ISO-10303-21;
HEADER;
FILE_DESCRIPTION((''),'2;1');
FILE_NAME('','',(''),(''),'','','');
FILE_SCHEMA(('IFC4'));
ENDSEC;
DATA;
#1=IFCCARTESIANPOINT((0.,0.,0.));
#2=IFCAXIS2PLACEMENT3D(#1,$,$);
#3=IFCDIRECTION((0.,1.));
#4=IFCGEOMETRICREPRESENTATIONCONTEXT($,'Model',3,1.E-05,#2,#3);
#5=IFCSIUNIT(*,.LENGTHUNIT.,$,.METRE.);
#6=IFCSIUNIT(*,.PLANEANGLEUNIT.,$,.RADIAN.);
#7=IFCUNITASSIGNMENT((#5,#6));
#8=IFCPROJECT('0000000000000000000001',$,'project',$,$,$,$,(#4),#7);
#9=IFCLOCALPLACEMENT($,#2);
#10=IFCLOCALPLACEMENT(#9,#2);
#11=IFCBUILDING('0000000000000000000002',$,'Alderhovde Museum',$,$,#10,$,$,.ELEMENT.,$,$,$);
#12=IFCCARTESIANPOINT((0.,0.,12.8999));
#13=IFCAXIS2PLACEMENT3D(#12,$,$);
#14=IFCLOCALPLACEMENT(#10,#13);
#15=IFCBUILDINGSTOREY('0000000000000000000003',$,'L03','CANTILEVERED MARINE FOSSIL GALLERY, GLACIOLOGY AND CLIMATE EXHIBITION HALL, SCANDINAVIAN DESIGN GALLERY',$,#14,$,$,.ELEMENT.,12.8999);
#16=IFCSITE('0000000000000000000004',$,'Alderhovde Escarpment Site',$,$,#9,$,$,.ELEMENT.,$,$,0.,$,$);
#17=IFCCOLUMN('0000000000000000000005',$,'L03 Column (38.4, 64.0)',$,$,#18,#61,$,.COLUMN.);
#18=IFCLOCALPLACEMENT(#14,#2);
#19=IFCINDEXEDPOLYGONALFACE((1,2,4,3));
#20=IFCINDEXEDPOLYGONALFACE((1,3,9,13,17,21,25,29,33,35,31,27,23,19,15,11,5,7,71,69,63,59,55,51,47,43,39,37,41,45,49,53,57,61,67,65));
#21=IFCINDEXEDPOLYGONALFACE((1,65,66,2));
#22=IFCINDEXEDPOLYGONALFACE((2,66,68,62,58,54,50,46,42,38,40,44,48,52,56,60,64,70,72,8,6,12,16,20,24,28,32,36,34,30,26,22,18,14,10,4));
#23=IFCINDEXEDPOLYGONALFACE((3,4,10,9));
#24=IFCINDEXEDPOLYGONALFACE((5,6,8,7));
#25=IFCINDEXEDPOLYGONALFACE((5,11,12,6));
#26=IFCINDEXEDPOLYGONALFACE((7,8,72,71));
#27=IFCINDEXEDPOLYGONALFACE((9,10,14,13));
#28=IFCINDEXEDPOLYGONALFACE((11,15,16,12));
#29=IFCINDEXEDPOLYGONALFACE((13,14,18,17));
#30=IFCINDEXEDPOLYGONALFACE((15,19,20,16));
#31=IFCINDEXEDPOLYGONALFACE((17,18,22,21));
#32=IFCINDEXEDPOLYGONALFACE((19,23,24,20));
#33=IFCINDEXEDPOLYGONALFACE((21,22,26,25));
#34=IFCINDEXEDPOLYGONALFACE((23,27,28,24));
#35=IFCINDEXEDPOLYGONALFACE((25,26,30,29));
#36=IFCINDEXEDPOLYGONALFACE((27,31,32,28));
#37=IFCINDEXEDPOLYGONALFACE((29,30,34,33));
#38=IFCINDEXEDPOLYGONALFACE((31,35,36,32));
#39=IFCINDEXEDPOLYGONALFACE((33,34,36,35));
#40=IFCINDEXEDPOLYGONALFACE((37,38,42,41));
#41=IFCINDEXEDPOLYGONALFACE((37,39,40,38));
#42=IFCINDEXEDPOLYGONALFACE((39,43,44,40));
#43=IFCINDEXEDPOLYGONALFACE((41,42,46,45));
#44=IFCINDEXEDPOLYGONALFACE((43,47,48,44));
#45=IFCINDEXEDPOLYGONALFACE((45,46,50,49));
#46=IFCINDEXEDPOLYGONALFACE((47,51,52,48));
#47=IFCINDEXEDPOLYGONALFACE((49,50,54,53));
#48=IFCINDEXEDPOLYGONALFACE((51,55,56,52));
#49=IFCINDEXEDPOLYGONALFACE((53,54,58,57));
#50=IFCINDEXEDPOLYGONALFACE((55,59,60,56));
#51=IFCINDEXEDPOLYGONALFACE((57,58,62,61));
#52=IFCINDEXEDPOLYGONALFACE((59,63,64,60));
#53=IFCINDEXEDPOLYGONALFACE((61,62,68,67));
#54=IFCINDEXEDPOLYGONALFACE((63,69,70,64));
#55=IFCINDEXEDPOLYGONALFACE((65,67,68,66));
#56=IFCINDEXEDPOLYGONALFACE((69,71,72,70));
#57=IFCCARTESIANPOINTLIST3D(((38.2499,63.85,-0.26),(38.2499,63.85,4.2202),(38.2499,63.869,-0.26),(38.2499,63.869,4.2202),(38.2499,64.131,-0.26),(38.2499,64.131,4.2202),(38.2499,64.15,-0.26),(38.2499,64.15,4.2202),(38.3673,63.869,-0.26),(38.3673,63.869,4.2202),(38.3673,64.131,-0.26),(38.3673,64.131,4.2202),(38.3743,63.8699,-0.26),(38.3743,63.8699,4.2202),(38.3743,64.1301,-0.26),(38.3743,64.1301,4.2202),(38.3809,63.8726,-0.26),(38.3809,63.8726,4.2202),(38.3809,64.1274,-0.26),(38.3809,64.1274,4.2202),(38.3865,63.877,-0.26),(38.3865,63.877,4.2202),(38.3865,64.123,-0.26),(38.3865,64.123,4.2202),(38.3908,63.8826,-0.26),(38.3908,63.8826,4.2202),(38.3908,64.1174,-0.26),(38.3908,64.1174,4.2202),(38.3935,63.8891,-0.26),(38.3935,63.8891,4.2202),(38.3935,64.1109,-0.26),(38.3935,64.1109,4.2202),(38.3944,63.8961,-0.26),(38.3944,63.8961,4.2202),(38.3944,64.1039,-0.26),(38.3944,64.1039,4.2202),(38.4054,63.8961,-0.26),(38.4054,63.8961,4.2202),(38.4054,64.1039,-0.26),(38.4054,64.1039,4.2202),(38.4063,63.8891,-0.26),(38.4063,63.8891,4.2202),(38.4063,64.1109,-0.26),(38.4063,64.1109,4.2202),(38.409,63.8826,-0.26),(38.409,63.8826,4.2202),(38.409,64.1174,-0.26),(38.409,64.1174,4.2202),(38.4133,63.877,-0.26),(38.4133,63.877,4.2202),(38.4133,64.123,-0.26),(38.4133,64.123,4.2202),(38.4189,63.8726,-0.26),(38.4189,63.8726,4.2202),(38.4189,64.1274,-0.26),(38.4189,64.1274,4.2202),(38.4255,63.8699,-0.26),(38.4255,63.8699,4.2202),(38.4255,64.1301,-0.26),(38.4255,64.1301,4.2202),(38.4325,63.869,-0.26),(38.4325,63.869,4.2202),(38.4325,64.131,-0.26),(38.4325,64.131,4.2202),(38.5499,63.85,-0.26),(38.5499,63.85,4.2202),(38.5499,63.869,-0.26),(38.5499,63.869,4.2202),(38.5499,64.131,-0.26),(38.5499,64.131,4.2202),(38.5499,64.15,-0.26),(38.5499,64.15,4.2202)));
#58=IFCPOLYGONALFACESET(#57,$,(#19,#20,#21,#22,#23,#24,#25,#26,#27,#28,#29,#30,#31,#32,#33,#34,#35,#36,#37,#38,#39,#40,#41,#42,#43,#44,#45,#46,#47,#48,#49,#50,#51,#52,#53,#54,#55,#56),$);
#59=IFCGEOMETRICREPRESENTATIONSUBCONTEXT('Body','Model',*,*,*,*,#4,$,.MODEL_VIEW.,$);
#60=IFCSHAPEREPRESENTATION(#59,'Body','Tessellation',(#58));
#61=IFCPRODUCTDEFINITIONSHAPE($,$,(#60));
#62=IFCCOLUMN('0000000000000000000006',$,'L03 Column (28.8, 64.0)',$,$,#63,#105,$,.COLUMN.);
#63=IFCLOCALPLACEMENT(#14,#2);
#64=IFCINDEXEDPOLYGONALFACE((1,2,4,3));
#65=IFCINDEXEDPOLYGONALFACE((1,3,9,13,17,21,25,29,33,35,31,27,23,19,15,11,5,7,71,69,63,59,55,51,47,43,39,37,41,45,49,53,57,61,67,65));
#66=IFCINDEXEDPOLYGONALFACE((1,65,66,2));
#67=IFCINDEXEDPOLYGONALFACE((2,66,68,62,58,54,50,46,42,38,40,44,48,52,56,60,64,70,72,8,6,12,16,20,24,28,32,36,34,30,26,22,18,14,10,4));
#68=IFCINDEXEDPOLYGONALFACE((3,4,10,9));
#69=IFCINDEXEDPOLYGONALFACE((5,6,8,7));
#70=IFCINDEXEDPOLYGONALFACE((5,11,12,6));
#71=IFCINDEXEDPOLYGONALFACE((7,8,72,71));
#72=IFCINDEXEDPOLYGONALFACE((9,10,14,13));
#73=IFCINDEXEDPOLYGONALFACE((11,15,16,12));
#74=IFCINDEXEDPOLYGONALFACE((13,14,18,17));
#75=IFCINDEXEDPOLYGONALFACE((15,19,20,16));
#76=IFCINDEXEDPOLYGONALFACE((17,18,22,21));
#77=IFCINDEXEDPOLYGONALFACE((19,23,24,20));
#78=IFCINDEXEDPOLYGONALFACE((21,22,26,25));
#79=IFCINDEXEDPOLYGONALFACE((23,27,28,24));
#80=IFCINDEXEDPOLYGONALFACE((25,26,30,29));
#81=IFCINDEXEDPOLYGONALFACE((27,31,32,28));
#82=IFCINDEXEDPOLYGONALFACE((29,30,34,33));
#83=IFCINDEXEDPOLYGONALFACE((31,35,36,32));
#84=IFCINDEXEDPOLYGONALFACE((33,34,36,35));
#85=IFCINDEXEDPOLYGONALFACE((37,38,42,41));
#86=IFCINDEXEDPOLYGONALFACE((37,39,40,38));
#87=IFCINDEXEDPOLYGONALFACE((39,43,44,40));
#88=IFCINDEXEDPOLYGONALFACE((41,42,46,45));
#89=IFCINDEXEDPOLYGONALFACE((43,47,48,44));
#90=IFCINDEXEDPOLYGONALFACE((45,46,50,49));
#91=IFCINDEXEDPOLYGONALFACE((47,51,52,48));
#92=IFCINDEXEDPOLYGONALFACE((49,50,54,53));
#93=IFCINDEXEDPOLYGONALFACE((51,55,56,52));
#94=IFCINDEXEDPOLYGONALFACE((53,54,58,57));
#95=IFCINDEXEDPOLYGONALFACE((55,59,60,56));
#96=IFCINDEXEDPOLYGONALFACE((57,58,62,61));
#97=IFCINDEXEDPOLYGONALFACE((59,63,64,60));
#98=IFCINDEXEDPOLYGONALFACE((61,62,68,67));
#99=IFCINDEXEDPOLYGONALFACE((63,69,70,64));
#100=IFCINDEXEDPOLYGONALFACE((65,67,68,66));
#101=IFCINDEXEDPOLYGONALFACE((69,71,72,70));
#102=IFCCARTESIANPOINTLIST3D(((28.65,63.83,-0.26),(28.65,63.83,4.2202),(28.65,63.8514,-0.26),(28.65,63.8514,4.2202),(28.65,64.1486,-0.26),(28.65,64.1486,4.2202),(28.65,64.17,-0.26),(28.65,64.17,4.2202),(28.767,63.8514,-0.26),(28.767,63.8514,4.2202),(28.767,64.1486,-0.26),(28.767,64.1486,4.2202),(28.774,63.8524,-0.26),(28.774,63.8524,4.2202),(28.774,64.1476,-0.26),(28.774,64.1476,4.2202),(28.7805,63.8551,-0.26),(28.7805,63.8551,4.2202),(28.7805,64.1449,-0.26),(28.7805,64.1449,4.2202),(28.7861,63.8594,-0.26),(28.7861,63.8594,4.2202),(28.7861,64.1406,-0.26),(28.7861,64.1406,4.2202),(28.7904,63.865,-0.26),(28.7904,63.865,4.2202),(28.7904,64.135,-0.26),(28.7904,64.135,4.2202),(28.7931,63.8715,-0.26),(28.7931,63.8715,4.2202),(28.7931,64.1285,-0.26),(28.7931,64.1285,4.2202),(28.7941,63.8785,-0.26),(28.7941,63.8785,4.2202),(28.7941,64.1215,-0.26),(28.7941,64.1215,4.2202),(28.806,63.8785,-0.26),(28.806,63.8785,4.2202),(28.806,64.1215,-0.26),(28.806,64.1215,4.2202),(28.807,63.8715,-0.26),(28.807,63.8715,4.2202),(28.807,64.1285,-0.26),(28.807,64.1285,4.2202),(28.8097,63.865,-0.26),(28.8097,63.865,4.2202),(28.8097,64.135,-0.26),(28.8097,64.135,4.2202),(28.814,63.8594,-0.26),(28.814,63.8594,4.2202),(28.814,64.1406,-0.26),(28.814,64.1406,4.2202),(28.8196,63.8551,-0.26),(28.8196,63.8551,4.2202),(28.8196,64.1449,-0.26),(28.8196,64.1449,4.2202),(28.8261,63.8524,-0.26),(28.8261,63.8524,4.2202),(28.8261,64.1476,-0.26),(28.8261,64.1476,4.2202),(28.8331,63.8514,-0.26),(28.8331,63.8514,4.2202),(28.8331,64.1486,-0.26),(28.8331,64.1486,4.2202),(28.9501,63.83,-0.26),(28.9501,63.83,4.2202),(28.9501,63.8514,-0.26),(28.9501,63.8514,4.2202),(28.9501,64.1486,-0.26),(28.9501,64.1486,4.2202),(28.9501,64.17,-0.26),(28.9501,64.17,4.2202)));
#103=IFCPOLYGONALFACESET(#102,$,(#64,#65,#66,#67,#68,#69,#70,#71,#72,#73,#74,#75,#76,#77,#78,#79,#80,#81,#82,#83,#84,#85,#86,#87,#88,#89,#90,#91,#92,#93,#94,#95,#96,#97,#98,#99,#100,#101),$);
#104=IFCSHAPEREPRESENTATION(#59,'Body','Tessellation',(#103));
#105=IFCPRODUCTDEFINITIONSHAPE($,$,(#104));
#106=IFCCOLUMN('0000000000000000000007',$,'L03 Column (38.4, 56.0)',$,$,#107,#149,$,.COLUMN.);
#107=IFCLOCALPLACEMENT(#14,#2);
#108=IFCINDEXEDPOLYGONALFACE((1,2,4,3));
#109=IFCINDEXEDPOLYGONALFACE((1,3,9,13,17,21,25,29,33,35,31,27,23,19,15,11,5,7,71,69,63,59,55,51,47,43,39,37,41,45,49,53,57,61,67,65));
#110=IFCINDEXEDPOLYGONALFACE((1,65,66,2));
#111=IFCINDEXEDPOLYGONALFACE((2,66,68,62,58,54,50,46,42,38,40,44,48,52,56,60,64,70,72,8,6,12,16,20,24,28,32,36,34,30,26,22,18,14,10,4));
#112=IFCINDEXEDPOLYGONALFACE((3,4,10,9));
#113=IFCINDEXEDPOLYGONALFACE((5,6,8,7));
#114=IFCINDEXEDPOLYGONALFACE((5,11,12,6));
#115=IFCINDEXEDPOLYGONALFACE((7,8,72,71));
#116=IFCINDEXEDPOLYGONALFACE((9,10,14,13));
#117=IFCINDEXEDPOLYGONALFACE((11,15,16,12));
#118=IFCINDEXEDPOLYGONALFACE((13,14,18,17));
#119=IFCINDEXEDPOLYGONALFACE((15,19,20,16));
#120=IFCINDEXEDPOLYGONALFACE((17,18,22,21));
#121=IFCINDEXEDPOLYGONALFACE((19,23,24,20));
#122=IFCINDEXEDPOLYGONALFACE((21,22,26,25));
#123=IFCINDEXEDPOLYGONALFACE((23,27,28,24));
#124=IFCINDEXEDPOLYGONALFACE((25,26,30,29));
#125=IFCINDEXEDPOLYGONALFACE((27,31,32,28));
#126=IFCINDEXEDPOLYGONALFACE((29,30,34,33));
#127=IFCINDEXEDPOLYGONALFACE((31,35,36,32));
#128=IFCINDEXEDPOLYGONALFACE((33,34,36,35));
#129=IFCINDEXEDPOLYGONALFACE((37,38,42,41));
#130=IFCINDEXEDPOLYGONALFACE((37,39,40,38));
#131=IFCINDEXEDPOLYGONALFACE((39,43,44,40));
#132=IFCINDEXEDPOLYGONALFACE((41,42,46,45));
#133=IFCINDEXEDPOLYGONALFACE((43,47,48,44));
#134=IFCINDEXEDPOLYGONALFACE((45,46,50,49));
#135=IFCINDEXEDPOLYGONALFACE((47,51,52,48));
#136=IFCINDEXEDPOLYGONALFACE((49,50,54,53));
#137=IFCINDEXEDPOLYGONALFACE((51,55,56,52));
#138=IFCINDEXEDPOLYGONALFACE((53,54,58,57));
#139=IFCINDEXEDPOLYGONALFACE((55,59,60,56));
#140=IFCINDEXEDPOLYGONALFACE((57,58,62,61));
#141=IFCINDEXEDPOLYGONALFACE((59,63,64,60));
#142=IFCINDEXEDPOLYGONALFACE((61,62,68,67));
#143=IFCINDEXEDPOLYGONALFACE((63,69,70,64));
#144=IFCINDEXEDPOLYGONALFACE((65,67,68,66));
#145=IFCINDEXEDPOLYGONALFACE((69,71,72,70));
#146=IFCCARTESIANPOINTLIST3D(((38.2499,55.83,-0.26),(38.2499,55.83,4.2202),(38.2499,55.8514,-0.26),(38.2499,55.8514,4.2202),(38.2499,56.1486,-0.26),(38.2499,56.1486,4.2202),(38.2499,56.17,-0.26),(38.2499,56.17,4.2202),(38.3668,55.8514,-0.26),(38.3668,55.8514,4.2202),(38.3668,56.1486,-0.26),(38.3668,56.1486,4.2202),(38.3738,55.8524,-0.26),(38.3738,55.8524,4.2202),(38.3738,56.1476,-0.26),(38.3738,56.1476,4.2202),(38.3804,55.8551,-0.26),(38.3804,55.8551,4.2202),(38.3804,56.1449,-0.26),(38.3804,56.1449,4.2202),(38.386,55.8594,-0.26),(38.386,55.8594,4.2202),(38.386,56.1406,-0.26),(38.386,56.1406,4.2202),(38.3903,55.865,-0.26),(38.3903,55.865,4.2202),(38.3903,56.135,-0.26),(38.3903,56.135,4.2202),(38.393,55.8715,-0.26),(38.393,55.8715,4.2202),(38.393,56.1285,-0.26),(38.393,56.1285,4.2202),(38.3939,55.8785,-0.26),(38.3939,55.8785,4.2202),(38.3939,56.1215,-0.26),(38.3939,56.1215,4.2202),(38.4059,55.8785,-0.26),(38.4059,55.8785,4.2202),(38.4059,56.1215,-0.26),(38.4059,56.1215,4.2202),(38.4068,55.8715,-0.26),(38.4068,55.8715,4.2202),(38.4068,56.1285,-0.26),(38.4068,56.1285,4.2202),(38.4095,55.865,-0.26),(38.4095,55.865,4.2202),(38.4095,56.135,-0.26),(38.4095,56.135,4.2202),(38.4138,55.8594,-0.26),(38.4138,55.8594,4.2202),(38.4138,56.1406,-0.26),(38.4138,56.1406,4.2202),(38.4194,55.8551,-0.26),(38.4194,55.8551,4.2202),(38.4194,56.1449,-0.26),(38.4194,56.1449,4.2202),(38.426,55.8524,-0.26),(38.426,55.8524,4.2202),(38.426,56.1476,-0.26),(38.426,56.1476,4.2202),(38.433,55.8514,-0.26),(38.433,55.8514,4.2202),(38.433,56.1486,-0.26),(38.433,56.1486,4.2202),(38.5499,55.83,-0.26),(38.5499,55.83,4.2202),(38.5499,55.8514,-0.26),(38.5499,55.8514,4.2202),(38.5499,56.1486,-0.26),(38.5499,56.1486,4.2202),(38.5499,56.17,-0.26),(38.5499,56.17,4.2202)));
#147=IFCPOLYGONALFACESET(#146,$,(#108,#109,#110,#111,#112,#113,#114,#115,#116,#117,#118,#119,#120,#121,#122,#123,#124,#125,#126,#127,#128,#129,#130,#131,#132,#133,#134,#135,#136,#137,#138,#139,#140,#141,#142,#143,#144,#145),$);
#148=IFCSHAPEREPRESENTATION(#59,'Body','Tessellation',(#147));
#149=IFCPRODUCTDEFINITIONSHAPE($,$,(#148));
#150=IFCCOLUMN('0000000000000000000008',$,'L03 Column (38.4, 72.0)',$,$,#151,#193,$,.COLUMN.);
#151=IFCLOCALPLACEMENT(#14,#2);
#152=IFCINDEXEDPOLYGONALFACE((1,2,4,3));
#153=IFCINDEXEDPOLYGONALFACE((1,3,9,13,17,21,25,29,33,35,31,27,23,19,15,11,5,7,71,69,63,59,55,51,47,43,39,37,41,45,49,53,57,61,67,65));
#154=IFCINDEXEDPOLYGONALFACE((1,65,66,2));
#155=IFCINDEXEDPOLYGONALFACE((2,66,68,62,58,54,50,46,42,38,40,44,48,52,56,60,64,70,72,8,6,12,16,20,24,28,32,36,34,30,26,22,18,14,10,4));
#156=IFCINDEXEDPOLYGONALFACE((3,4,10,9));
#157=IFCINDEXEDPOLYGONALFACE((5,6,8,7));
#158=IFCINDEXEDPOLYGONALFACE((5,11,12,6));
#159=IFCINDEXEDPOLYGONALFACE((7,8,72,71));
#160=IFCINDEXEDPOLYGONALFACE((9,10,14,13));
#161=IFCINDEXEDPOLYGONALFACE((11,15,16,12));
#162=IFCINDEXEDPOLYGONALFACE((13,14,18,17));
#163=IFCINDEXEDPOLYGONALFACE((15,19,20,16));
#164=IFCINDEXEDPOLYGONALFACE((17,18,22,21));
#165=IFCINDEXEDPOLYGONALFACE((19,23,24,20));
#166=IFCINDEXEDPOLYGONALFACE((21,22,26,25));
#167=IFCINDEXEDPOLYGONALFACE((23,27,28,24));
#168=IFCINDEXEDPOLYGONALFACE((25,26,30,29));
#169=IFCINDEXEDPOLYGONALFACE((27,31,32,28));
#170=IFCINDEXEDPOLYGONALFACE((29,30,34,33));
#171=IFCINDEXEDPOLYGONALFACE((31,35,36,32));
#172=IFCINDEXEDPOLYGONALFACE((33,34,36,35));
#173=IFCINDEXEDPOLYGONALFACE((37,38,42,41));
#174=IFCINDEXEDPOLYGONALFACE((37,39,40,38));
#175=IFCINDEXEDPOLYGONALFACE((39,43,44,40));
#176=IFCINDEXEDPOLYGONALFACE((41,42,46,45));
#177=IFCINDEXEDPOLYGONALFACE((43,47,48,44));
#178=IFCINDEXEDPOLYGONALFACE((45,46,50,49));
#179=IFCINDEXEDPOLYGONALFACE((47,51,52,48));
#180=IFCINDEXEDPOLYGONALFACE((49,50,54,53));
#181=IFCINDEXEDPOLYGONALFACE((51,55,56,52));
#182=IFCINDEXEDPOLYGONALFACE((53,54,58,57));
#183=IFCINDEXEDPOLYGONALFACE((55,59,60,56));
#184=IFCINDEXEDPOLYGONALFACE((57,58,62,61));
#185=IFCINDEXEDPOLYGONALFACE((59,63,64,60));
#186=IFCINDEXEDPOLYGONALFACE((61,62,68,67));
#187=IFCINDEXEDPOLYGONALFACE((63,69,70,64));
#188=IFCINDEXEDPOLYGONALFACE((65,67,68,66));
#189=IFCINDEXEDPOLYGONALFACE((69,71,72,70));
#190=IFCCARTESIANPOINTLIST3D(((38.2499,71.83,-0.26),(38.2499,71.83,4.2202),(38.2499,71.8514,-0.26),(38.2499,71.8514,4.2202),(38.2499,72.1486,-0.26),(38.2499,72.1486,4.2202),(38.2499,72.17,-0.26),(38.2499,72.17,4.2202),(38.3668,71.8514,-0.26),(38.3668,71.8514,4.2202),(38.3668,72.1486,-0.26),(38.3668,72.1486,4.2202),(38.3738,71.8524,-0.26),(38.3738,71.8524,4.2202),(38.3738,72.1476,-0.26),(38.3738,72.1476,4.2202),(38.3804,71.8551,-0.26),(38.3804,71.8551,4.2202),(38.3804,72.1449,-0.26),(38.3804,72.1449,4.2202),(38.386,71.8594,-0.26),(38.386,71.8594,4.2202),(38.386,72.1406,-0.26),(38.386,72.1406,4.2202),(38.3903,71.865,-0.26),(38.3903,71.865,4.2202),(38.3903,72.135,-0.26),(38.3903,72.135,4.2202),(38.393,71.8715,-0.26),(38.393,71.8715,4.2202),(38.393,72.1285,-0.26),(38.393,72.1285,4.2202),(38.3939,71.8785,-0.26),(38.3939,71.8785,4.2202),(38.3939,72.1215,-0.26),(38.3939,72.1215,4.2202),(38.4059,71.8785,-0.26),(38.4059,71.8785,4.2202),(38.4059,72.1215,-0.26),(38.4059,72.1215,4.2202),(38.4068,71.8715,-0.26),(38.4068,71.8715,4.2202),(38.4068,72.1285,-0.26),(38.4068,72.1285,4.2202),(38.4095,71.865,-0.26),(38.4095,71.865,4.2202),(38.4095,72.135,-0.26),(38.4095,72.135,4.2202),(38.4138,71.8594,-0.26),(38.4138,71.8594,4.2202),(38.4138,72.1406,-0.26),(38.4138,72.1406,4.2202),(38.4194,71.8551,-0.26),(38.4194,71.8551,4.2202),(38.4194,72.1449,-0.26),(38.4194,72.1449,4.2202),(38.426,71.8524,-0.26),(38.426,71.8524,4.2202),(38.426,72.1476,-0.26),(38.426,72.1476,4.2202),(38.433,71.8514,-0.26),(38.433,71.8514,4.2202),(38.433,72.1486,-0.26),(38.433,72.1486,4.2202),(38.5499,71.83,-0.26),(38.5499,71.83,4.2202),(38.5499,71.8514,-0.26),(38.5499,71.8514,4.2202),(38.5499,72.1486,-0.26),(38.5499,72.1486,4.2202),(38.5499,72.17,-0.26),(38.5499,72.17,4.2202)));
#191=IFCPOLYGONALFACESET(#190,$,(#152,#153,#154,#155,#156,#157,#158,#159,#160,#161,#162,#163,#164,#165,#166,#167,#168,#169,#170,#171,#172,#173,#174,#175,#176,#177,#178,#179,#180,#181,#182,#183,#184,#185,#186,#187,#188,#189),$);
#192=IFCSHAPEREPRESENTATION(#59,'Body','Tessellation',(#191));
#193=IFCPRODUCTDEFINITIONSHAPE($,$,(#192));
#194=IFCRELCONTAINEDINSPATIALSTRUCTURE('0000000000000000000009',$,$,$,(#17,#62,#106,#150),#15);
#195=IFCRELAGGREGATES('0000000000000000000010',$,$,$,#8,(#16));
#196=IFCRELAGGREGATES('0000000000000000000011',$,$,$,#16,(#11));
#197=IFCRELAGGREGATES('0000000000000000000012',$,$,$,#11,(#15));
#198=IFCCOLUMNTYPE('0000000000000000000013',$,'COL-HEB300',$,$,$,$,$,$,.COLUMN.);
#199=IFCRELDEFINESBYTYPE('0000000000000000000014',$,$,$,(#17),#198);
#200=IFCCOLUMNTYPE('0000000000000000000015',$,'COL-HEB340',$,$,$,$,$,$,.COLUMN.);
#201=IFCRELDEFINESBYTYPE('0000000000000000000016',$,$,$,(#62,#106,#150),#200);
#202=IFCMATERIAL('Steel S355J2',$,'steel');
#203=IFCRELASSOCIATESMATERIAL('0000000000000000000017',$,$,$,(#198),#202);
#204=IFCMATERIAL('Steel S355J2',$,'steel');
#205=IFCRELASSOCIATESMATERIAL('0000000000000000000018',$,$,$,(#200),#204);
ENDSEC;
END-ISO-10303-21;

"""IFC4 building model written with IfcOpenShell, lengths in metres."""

from ifc_helpers import new_model, si_unit, direction, frame, origin, origin_2d, place, context, subcontext, project, spatial, i_section, extrude, material, material_profile, profile_set, type_object, element, save


model = new_model("IFC4")

# Units and contexts
model_context = context("Model", 3, precision=1e-05, world=origin(), true_north=direction((0.0, 1.0)))
body_context = subcontext(model_context, "Body", "Model", "MODEL_VIEW")
ifc_project = project(units=[si_unit("LENGTHUNIT", "METRE"), si_unit("PLANEANGLEUNIT", "RADIAN")], contexts=[model_context])

# Site, building, storey
site_placement = place(None, origin())
site = spatial("IfcSite", under=ifc_project, at=site_placement, Name="Alderhovde Escarpment Site", CompositionType="ELEMENT", RefElevation=0.0)
building_placement = place(site_placement, origin())
building = spatial("IfcBuilding", under=site, at=building_placement, Name="Alderhovde Museum", CompositionType="ELEMENT")
storey_placement = place(building_placement, frame((0.0, 0.0, 12.8999)))
storey = spatial("IfcBuildingStorey", under=building, at=storey_placement, Name="L03", Description="CANTILEVERED MARINE FOSSIL GALLERY, GLACIOLOGY AND CLIMATE EXHIBITION HALL, SCANDINAVIAN DESIGN GALLERY", CompositionType="ELEMENT", Elevation=12.8999)

# Columns
ifc_material_1 = material(Name="Steel S355J2", Category="steel")
ifc_material_profile_1 = material_profile(ifc_material_1, i_section(OverallWidth=0.3, OverallDepth=0.3, WebThickness=0.011, FlangeThickness=0.019, FilletRadius=0.0271, at=origin_2d()), Name="HEB 300")
ifc_profile_set_1 = profile_set([ifc_material_profile_1], Name="Steel S355J2")
column_type_1 = type_object("IfcColumnType", Name="COL-HEB300", PredefinedType="COLUMN", material=ifc_profile_set_1)
for number, where, z_axis, x_axis, name in (
    (1, (38.3999, 64.0, -0.26), (0.0, 0.0, 1.0), (1.0, 0.0, 0.0), "L03 Column (38.4, 64.0)"),
):
    element("IfcColumn", number, at=place(storey_placement, frame(where, z_axis=z_axis, x_axis=x_axis)), inside=storey, type_object=column_type_1, Name=name, PredefinedType="COLUMN", context=body_context, shape_type="SweptSolid", body=[
        extrude(i_section(OverallWidth=0.3, OverallDepth=0.3, WebThickness=0.011, FlangeThickness=0.019, FilletRadius=0.0271, at=origin_2d()), origin(), (0.0, 0.0, 1.0), 4.4802),
    ])
ifc_material_2 = material(Name="Steel S355J2", Category="steel")
ifc_material_profile_2 = material_profile(ifc_material_2, i_section(OverallWidth=0.3, OverallDepth=0.3401, WebThickness=0.012, FlangeThickness=0.0215, FilletRadius=0.0271, at=origin_2d()), Name="HEB 340")
ifc_profile_set_2 = profile_set([ifc_material_profile_2], Name="Steel S355J2")
column_type_2 = type_object("IfcColumnType", Name="COL-HEB340", PredefinedType="COLUMN", material=ifc_profile_set_2)
for number, where, z_axis, x_axis, name in (
    (2, (28.8, 64.0, -0.26), (0.0, 0.0, 1.0), (1.0, 0.0, 0.0), "L03 Column (28.8, 64.0)"),
    (3, (38.3999, 56.0, -0.26), (0.0, 0.0, 1.0), (1.0, 0.0, 0.0), "L03 Column (38.4, 56.0)"),
    (4, (38.3999, 72.0, -0.26), (0.0, 0.0, 1.0), (1.0, 0.0, 0.0), "L03 Column (38.4, 72.0)"),
):
    element("IfcColumn", number, at=place(storey_placement, frame(where, z_axis=z_axis, x_axis=x_axis)), inside=storey, type_object=column_type_2, Name=name, PredefinedType="COLUMN", context=body_context, shape_type="SweptSolid", body=[
        extrude(i_section(OverallWidth=0.3, OverallDepth=0.3401, WebThickness=0.012, FlangeThickness=0.0215, FilletRadius=0.0271, at=origin_2d()), origin(), (0.0, 0.0, 1.0), 4.4802),
    ])

save(model, "model.ifc")
